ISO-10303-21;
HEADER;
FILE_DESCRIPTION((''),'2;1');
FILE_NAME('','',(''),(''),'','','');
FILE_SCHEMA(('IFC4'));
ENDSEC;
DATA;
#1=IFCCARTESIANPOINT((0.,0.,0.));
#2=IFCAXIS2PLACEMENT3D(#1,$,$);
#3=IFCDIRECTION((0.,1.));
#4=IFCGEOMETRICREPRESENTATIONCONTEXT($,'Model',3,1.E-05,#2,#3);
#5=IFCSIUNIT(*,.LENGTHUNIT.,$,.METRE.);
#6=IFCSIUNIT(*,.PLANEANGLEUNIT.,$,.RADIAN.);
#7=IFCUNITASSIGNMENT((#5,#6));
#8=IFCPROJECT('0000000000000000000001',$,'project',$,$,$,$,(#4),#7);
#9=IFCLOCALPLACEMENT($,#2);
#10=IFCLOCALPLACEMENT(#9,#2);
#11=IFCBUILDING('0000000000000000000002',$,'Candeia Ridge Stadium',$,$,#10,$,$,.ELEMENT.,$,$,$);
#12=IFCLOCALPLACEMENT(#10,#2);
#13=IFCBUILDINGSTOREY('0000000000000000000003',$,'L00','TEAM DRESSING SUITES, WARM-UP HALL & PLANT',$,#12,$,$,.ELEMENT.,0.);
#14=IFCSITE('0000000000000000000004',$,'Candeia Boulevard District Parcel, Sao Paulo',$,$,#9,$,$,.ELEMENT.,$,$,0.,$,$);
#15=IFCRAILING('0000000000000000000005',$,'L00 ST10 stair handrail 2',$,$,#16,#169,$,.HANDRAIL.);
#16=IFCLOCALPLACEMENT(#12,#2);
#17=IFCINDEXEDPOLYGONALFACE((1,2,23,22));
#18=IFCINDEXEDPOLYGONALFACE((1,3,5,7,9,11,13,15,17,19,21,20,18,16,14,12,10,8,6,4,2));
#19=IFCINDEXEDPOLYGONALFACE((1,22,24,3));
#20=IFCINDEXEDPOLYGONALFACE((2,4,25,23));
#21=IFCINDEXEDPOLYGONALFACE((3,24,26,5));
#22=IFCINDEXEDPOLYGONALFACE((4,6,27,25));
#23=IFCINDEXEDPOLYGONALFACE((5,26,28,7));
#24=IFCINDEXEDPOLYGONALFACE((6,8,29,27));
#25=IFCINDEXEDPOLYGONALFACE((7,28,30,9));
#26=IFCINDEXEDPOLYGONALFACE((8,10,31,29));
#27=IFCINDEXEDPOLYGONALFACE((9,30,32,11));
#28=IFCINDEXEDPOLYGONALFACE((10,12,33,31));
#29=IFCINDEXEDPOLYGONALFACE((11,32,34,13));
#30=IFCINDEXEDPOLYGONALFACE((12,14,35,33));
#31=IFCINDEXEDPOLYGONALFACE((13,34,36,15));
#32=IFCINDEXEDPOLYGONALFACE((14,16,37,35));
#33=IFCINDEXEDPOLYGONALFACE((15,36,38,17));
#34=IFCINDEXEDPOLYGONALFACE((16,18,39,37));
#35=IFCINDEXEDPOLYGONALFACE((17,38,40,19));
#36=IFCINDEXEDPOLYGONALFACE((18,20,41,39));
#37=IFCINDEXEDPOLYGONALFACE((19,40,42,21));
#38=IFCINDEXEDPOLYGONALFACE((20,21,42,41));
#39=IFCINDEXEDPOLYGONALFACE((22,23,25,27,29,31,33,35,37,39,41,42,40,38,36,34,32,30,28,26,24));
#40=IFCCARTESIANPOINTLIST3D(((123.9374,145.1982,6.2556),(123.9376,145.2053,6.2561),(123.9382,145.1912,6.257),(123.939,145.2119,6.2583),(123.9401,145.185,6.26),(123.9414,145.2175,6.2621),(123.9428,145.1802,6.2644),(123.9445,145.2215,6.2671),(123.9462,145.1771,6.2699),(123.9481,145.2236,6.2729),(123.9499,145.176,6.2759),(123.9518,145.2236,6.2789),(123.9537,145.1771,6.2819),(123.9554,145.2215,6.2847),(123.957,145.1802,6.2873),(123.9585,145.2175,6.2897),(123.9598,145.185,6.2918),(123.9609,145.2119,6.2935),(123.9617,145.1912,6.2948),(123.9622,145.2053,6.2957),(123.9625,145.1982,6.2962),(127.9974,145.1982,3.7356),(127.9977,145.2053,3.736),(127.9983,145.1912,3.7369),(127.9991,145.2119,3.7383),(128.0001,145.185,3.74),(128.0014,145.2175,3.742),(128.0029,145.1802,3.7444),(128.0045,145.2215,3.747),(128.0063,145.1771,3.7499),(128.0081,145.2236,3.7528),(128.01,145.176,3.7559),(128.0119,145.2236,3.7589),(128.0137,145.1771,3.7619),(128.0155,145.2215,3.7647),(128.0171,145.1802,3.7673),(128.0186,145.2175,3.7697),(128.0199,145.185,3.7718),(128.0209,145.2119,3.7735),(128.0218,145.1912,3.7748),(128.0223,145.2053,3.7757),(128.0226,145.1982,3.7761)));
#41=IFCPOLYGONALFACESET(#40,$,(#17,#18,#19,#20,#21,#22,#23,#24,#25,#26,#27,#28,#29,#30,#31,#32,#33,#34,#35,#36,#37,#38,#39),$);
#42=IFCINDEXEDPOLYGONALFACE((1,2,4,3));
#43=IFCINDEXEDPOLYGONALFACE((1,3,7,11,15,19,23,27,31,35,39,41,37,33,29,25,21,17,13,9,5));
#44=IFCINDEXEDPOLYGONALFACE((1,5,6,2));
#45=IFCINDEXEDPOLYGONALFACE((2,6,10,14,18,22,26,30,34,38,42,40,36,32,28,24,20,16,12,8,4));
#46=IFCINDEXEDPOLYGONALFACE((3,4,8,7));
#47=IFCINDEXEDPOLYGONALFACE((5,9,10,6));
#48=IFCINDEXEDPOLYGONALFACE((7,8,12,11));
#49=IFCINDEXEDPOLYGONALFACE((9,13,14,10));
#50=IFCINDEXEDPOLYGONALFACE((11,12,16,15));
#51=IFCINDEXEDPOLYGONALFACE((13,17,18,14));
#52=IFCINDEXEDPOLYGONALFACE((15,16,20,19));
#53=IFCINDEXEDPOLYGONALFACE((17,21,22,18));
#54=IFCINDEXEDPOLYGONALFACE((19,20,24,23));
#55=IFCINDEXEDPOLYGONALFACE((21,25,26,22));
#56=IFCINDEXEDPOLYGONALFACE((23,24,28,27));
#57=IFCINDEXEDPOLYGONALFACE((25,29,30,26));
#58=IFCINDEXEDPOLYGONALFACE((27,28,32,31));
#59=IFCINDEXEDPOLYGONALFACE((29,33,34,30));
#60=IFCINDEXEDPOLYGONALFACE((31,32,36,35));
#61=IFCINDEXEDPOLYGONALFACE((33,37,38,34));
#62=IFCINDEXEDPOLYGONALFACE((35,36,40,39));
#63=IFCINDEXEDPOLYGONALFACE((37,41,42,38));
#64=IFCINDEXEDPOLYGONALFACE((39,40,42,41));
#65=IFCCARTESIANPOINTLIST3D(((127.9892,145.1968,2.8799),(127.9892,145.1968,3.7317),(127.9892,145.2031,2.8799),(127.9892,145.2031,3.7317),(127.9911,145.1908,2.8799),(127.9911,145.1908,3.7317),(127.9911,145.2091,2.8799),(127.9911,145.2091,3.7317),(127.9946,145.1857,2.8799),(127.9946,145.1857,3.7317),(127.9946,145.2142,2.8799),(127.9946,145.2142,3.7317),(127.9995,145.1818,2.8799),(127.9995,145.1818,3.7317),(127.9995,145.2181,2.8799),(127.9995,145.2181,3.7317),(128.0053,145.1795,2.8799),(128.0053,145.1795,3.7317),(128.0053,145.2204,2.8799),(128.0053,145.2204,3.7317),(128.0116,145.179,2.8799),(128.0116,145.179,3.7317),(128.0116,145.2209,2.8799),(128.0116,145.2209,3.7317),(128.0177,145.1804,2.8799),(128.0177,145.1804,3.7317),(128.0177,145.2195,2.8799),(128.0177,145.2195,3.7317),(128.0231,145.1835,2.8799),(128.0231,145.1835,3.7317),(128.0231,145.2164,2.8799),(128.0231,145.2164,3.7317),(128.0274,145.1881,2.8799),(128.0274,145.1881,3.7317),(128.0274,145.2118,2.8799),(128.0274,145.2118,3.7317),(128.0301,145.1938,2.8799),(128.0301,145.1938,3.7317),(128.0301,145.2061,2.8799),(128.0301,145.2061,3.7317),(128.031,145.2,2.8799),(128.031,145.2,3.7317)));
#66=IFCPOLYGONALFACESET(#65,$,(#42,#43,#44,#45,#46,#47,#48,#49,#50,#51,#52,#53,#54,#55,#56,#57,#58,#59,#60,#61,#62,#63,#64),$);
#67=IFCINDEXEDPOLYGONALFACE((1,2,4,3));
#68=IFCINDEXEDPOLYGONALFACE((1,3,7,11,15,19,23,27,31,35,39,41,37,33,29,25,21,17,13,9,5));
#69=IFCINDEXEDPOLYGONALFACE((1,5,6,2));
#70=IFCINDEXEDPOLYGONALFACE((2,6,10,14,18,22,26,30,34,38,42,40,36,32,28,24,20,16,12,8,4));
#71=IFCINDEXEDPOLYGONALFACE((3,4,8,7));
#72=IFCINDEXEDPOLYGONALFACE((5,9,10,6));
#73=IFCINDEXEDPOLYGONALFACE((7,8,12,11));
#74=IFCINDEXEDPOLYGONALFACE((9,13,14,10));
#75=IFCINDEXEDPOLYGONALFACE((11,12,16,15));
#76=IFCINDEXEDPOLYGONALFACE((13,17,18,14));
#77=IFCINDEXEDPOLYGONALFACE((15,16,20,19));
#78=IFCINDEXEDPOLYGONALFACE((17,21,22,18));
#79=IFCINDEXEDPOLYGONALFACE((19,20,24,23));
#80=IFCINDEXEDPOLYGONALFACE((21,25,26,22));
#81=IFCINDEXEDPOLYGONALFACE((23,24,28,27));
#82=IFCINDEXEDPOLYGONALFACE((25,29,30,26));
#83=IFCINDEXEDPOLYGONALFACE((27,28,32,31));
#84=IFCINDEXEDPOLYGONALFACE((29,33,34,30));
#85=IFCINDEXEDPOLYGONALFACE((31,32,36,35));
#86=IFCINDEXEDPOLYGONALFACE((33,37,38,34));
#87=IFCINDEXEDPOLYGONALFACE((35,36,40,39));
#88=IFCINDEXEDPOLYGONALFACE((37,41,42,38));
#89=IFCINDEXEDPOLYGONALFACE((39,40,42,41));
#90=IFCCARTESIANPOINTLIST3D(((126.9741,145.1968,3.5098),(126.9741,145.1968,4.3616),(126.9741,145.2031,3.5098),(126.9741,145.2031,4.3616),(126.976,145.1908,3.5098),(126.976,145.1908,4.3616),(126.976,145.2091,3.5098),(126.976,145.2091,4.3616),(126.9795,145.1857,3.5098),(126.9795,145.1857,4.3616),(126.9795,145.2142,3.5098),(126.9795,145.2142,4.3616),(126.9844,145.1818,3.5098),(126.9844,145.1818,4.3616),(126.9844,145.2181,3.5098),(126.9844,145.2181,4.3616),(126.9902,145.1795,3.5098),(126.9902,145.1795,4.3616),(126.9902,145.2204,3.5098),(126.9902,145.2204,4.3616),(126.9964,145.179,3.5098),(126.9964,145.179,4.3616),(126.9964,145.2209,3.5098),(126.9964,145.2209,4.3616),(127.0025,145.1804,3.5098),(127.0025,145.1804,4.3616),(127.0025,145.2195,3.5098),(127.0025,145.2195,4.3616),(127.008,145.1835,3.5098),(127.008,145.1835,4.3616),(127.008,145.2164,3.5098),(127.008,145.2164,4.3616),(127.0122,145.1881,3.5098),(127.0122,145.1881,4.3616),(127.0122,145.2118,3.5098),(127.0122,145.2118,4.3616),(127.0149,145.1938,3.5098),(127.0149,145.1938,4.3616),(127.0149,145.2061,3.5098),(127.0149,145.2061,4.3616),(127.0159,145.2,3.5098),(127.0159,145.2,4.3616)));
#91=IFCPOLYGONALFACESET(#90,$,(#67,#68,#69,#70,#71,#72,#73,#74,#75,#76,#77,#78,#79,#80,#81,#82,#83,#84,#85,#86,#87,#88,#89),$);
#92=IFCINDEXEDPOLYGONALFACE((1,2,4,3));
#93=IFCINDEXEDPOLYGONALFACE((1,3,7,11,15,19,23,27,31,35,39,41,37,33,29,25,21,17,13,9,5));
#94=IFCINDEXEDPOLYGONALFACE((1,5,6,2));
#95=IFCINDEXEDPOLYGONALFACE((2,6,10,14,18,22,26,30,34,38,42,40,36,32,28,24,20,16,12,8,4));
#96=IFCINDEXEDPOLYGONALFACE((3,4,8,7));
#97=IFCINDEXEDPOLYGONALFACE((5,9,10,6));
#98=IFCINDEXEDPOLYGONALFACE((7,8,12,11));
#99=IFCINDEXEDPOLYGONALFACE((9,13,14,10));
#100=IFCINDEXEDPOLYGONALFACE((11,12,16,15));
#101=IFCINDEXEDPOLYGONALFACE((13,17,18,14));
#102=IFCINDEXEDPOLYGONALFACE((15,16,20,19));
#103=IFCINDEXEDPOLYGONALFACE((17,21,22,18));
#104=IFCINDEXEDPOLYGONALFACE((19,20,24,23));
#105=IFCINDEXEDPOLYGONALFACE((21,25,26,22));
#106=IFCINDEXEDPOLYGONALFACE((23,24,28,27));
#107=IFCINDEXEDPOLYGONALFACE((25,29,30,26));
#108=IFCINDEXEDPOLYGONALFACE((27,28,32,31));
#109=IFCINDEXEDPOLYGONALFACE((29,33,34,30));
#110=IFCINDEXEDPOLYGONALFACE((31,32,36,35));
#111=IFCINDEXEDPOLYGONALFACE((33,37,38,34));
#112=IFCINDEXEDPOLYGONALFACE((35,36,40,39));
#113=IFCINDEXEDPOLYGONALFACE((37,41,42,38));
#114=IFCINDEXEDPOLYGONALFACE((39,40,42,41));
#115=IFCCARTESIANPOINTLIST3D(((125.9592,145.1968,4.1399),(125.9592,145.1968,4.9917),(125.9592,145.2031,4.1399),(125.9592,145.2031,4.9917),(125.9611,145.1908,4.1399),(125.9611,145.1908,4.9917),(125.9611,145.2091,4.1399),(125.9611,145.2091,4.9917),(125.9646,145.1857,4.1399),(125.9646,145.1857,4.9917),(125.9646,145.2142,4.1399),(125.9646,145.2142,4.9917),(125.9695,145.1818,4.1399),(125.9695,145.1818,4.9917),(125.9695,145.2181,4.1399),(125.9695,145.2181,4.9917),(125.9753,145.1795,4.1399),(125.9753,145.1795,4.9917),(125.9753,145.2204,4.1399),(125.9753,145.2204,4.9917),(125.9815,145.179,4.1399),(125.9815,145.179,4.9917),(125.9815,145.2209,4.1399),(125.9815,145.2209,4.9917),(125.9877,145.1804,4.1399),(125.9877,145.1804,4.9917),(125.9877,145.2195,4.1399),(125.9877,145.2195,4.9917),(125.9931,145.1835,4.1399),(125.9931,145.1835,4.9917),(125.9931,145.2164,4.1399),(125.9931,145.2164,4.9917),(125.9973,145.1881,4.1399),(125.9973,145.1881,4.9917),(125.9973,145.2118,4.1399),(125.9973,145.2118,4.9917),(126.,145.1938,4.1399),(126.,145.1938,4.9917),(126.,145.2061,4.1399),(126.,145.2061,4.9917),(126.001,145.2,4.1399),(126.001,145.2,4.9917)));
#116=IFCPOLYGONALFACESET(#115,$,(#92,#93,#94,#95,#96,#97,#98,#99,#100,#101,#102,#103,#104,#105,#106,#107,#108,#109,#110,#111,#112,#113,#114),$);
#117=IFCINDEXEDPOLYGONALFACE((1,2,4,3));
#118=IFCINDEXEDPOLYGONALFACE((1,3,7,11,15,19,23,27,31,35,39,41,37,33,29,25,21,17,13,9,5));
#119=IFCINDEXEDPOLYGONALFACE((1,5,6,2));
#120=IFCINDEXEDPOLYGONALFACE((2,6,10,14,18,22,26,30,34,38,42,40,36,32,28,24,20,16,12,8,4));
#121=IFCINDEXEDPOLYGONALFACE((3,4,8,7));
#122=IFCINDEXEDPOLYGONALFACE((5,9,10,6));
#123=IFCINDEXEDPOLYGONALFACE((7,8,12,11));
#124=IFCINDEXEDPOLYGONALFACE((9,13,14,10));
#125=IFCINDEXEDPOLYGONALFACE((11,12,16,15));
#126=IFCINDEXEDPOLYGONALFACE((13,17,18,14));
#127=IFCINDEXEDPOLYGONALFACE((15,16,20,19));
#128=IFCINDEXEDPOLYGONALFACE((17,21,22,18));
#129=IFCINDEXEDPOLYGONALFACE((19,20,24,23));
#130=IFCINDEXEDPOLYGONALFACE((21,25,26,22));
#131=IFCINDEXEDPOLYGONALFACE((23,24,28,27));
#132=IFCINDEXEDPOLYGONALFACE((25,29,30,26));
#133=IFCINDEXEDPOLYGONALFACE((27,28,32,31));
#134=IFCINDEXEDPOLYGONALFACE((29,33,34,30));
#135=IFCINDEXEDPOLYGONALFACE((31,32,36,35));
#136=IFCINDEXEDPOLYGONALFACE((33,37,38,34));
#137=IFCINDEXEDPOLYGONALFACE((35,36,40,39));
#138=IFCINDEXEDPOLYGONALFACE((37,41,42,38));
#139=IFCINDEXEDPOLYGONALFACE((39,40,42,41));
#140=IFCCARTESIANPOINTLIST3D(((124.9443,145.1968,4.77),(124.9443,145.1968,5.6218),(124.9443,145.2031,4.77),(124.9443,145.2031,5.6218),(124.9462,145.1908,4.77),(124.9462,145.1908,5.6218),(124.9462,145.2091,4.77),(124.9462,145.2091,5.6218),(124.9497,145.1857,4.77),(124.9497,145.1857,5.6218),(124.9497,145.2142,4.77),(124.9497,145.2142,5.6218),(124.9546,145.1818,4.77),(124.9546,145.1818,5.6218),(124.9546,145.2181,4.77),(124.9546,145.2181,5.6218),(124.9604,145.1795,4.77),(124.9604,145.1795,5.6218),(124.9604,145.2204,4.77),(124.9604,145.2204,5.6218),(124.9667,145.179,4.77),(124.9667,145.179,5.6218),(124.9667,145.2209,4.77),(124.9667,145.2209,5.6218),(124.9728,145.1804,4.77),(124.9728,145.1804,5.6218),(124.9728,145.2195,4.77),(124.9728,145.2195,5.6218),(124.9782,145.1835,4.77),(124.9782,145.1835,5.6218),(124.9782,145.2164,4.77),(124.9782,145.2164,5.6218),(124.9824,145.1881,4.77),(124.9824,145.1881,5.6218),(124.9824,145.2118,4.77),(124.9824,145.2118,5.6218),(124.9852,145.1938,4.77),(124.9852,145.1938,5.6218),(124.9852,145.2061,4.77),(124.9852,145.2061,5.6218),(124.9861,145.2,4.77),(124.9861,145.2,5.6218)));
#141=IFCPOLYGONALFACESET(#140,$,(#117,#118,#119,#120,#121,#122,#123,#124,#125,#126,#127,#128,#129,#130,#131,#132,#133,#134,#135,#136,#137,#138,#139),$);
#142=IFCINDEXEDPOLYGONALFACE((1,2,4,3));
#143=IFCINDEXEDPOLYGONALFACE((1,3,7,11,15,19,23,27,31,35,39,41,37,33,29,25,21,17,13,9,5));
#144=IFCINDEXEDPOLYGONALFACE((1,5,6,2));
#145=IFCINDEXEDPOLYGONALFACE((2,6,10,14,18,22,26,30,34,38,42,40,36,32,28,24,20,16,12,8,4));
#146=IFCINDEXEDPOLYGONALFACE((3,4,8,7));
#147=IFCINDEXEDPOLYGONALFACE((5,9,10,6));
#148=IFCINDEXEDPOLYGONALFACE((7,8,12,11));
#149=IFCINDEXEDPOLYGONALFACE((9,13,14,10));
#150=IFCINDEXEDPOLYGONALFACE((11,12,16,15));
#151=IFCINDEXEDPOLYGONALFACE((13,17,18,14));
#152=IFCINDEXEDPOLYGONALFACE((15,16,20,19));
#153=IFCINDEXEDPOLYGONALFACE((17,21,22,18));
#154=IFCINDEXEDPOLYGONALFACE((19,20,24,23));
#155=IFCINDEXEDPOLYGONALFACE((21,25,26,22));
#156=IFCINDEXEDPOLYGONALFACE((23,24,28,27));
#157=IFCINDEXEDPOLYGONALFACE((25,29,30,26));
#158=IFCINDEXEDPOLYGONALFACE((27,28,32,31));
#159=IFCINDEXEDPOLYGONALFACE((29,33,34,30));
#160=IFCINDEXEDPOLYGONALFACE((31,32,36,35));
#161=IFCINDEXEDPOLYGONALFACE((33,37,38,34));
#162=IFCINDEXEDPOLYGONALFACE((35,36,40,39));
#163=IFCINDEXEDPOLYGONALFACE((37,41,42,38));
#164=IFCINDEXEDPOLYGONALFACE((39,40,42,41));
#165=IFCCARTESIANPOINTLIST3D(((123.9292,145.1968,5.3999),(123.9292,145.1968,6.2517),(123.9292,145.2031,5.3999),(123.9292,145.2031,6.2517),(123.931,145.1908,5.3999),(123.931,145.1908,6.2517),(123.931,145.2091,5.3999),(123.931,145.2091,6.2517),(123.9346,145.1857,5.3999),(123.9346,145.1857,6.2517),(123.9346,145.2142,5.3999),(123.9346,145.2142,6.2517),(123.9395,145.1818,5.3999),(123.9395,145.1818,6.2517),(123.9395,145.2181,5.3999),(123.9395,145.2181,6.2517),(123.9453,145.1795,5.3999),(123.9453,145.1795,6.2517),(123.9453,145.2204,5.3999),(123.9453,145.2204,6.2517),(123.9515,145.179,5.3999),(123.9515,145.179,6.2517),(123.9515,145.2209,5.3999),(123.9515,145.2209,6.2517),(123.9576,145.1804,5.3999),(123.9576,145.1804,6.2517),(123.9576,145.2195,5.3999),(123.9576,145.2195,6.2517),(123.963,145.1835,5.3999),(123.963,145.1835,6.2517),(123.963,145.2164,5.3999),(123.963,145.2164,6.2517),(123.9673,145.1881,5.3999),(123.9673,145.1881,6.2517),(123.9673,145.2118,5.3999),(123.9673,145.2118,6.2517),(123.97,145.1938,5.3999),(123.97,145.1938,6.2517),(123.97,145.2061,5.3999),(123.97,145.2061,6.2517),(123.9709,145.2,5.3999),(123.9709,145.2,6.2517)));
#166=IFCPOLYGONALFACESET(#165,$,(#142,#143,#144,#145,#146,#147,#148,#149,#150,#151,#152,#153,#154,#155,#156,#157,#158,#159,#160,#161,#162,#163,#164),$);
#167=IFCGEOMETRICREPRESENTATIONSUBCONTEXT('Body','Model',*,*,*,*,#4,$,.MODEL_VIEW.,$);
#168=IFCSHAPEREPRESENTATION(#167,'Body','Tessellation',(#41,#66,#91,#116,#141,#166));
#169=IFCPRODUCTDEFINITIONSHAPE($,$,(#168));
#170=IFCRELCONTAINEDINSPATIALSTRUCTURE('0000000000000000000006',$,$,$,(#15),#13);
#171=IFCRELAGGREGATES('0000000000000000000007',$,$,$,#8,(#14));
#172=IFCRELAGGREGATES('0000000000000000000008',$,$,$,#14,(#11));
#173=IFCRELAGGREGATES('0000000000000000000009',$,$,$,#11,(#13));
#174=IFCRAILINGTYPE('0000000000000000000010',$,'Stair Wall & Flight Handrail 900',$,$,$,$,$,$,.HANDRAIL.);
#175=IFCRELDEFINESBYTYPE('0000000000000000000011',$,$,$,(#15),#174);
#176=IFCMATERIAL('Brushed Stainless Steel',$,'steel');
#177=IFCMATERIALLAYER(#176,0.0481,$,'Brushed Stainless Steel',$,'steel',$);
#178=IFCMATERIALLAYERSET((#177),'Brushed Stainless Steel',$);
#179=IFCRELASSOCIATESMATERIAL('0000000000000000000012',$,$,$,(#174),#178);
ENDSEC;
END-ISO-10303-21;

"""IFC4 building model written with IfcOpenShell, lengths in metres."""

from ifc_helpers import new_model, si_unit, direction, frame, origin, origin_2d, place, context, subcontext, project, spatial, circle, extrude, material, layer, layer_set, type_object, element, save


model = new_model("IFC4")

# Units and contexts
model_context = context("Model", 3, precision=1e-05, world=origin(), true_north=direction((0.0, 1.0)))
body_context = subcontext(model_context, "Body", "Model", "MODEL_VIEW")
ifc_project = project(units=[si_unit("LENGTHUNIT", "METRE"), si_unit("PLANEANGLEUNIT", "RADIAN")], contexts=[model_context])

# Site, building, storey
site_placement = place(None, origin())
site = spatial("IfcSite", under=ifc_project, at=site_placement, Name="Candeia Boulevard District Parcel, Sao Paulo", CompositionType="ELEMENT", RefElevation=0.0)
building_placement = place(site_placement, origin())
building = spatial("IfcBuilding", under=site, at=building_placement, Name="Candeia Ridge Stadium", CompositionType="ELEMENT")
storey_placement = place(building_placement, origin())
storey = spatial("IfcBuildingStorey", under=building, at=storey_placement, Name="L00", Description="TEAM DRESSING SUITES, WARM-UP HALL & PLANT", CompositionType="ELEMENT", Elevation=0.0)

# Railing
ifc_material_1 = material(Name="Brushed Stainless Steel", Category="steel")
ifc_layer_1 = layer(ifc_material_1, 0.0481, Name="Brushed Stainless Steel", Category="steel")
ifc_layer_set_1 = layer_set([ifc_layer_1], Name="Brushed Stainless Steel")
railing_type_1 = type_object("IfcRailingType", Name="Stair Wall & Flight Handrail 900", PredefinedType="HANDRAIL", material=ifc_layer_set_1)
railing_1_placement = place(storey_placement, frame((128.01, 145.2, 2.8799)))
element("IfcRailing", 1, at=railing_1_placement, inside=storey, type_object=railing_type_1, Name="L00 ST10 stair handrail 2", PredefinedType="HANDRAIL", context=body_context, shape_type="SweptSolid", body=[
    extrude(circle(Radius=0.0239, at=origin_2d()), frame((0.0, 0.0, 0.876), z_axis=(-0.849642, 0.0, 0.52736), x_axis=(0.0, -1.0, 0.0)), (0.0, 0.0, 1.0), 4.7786),
    extrude(circle(Radius=0.021, at=origin_2d()), origin(), (0.0, 0.0, 1.0), 0.8518),
    extrude(circle(Radius=0.021, at=origin_2d()), frame((-1.0151, 0.0, 0.6299)), (0.0, 0.0, 1.0), 0.8518),
    extrude(circle(Radius=0.021, at=origin_2d()), frame((-2.03, 0.0, 1.26)), (0.0, 0.0, 1.0), 0.8518),
    extrude(circle(Radius=0.021, at=origin_2d()), frame((-3.0449, 0.0, 1.8901)), (0.0, 0.0, 1.0), 0.8518),
    extrude(circle(Radius=0.021, at=origin_2d()), frame((-4.0601, 0.0, 2.52)), (0.0, 0.0, 1.0), 0.8518),
])

save(model, "model.ifc")
